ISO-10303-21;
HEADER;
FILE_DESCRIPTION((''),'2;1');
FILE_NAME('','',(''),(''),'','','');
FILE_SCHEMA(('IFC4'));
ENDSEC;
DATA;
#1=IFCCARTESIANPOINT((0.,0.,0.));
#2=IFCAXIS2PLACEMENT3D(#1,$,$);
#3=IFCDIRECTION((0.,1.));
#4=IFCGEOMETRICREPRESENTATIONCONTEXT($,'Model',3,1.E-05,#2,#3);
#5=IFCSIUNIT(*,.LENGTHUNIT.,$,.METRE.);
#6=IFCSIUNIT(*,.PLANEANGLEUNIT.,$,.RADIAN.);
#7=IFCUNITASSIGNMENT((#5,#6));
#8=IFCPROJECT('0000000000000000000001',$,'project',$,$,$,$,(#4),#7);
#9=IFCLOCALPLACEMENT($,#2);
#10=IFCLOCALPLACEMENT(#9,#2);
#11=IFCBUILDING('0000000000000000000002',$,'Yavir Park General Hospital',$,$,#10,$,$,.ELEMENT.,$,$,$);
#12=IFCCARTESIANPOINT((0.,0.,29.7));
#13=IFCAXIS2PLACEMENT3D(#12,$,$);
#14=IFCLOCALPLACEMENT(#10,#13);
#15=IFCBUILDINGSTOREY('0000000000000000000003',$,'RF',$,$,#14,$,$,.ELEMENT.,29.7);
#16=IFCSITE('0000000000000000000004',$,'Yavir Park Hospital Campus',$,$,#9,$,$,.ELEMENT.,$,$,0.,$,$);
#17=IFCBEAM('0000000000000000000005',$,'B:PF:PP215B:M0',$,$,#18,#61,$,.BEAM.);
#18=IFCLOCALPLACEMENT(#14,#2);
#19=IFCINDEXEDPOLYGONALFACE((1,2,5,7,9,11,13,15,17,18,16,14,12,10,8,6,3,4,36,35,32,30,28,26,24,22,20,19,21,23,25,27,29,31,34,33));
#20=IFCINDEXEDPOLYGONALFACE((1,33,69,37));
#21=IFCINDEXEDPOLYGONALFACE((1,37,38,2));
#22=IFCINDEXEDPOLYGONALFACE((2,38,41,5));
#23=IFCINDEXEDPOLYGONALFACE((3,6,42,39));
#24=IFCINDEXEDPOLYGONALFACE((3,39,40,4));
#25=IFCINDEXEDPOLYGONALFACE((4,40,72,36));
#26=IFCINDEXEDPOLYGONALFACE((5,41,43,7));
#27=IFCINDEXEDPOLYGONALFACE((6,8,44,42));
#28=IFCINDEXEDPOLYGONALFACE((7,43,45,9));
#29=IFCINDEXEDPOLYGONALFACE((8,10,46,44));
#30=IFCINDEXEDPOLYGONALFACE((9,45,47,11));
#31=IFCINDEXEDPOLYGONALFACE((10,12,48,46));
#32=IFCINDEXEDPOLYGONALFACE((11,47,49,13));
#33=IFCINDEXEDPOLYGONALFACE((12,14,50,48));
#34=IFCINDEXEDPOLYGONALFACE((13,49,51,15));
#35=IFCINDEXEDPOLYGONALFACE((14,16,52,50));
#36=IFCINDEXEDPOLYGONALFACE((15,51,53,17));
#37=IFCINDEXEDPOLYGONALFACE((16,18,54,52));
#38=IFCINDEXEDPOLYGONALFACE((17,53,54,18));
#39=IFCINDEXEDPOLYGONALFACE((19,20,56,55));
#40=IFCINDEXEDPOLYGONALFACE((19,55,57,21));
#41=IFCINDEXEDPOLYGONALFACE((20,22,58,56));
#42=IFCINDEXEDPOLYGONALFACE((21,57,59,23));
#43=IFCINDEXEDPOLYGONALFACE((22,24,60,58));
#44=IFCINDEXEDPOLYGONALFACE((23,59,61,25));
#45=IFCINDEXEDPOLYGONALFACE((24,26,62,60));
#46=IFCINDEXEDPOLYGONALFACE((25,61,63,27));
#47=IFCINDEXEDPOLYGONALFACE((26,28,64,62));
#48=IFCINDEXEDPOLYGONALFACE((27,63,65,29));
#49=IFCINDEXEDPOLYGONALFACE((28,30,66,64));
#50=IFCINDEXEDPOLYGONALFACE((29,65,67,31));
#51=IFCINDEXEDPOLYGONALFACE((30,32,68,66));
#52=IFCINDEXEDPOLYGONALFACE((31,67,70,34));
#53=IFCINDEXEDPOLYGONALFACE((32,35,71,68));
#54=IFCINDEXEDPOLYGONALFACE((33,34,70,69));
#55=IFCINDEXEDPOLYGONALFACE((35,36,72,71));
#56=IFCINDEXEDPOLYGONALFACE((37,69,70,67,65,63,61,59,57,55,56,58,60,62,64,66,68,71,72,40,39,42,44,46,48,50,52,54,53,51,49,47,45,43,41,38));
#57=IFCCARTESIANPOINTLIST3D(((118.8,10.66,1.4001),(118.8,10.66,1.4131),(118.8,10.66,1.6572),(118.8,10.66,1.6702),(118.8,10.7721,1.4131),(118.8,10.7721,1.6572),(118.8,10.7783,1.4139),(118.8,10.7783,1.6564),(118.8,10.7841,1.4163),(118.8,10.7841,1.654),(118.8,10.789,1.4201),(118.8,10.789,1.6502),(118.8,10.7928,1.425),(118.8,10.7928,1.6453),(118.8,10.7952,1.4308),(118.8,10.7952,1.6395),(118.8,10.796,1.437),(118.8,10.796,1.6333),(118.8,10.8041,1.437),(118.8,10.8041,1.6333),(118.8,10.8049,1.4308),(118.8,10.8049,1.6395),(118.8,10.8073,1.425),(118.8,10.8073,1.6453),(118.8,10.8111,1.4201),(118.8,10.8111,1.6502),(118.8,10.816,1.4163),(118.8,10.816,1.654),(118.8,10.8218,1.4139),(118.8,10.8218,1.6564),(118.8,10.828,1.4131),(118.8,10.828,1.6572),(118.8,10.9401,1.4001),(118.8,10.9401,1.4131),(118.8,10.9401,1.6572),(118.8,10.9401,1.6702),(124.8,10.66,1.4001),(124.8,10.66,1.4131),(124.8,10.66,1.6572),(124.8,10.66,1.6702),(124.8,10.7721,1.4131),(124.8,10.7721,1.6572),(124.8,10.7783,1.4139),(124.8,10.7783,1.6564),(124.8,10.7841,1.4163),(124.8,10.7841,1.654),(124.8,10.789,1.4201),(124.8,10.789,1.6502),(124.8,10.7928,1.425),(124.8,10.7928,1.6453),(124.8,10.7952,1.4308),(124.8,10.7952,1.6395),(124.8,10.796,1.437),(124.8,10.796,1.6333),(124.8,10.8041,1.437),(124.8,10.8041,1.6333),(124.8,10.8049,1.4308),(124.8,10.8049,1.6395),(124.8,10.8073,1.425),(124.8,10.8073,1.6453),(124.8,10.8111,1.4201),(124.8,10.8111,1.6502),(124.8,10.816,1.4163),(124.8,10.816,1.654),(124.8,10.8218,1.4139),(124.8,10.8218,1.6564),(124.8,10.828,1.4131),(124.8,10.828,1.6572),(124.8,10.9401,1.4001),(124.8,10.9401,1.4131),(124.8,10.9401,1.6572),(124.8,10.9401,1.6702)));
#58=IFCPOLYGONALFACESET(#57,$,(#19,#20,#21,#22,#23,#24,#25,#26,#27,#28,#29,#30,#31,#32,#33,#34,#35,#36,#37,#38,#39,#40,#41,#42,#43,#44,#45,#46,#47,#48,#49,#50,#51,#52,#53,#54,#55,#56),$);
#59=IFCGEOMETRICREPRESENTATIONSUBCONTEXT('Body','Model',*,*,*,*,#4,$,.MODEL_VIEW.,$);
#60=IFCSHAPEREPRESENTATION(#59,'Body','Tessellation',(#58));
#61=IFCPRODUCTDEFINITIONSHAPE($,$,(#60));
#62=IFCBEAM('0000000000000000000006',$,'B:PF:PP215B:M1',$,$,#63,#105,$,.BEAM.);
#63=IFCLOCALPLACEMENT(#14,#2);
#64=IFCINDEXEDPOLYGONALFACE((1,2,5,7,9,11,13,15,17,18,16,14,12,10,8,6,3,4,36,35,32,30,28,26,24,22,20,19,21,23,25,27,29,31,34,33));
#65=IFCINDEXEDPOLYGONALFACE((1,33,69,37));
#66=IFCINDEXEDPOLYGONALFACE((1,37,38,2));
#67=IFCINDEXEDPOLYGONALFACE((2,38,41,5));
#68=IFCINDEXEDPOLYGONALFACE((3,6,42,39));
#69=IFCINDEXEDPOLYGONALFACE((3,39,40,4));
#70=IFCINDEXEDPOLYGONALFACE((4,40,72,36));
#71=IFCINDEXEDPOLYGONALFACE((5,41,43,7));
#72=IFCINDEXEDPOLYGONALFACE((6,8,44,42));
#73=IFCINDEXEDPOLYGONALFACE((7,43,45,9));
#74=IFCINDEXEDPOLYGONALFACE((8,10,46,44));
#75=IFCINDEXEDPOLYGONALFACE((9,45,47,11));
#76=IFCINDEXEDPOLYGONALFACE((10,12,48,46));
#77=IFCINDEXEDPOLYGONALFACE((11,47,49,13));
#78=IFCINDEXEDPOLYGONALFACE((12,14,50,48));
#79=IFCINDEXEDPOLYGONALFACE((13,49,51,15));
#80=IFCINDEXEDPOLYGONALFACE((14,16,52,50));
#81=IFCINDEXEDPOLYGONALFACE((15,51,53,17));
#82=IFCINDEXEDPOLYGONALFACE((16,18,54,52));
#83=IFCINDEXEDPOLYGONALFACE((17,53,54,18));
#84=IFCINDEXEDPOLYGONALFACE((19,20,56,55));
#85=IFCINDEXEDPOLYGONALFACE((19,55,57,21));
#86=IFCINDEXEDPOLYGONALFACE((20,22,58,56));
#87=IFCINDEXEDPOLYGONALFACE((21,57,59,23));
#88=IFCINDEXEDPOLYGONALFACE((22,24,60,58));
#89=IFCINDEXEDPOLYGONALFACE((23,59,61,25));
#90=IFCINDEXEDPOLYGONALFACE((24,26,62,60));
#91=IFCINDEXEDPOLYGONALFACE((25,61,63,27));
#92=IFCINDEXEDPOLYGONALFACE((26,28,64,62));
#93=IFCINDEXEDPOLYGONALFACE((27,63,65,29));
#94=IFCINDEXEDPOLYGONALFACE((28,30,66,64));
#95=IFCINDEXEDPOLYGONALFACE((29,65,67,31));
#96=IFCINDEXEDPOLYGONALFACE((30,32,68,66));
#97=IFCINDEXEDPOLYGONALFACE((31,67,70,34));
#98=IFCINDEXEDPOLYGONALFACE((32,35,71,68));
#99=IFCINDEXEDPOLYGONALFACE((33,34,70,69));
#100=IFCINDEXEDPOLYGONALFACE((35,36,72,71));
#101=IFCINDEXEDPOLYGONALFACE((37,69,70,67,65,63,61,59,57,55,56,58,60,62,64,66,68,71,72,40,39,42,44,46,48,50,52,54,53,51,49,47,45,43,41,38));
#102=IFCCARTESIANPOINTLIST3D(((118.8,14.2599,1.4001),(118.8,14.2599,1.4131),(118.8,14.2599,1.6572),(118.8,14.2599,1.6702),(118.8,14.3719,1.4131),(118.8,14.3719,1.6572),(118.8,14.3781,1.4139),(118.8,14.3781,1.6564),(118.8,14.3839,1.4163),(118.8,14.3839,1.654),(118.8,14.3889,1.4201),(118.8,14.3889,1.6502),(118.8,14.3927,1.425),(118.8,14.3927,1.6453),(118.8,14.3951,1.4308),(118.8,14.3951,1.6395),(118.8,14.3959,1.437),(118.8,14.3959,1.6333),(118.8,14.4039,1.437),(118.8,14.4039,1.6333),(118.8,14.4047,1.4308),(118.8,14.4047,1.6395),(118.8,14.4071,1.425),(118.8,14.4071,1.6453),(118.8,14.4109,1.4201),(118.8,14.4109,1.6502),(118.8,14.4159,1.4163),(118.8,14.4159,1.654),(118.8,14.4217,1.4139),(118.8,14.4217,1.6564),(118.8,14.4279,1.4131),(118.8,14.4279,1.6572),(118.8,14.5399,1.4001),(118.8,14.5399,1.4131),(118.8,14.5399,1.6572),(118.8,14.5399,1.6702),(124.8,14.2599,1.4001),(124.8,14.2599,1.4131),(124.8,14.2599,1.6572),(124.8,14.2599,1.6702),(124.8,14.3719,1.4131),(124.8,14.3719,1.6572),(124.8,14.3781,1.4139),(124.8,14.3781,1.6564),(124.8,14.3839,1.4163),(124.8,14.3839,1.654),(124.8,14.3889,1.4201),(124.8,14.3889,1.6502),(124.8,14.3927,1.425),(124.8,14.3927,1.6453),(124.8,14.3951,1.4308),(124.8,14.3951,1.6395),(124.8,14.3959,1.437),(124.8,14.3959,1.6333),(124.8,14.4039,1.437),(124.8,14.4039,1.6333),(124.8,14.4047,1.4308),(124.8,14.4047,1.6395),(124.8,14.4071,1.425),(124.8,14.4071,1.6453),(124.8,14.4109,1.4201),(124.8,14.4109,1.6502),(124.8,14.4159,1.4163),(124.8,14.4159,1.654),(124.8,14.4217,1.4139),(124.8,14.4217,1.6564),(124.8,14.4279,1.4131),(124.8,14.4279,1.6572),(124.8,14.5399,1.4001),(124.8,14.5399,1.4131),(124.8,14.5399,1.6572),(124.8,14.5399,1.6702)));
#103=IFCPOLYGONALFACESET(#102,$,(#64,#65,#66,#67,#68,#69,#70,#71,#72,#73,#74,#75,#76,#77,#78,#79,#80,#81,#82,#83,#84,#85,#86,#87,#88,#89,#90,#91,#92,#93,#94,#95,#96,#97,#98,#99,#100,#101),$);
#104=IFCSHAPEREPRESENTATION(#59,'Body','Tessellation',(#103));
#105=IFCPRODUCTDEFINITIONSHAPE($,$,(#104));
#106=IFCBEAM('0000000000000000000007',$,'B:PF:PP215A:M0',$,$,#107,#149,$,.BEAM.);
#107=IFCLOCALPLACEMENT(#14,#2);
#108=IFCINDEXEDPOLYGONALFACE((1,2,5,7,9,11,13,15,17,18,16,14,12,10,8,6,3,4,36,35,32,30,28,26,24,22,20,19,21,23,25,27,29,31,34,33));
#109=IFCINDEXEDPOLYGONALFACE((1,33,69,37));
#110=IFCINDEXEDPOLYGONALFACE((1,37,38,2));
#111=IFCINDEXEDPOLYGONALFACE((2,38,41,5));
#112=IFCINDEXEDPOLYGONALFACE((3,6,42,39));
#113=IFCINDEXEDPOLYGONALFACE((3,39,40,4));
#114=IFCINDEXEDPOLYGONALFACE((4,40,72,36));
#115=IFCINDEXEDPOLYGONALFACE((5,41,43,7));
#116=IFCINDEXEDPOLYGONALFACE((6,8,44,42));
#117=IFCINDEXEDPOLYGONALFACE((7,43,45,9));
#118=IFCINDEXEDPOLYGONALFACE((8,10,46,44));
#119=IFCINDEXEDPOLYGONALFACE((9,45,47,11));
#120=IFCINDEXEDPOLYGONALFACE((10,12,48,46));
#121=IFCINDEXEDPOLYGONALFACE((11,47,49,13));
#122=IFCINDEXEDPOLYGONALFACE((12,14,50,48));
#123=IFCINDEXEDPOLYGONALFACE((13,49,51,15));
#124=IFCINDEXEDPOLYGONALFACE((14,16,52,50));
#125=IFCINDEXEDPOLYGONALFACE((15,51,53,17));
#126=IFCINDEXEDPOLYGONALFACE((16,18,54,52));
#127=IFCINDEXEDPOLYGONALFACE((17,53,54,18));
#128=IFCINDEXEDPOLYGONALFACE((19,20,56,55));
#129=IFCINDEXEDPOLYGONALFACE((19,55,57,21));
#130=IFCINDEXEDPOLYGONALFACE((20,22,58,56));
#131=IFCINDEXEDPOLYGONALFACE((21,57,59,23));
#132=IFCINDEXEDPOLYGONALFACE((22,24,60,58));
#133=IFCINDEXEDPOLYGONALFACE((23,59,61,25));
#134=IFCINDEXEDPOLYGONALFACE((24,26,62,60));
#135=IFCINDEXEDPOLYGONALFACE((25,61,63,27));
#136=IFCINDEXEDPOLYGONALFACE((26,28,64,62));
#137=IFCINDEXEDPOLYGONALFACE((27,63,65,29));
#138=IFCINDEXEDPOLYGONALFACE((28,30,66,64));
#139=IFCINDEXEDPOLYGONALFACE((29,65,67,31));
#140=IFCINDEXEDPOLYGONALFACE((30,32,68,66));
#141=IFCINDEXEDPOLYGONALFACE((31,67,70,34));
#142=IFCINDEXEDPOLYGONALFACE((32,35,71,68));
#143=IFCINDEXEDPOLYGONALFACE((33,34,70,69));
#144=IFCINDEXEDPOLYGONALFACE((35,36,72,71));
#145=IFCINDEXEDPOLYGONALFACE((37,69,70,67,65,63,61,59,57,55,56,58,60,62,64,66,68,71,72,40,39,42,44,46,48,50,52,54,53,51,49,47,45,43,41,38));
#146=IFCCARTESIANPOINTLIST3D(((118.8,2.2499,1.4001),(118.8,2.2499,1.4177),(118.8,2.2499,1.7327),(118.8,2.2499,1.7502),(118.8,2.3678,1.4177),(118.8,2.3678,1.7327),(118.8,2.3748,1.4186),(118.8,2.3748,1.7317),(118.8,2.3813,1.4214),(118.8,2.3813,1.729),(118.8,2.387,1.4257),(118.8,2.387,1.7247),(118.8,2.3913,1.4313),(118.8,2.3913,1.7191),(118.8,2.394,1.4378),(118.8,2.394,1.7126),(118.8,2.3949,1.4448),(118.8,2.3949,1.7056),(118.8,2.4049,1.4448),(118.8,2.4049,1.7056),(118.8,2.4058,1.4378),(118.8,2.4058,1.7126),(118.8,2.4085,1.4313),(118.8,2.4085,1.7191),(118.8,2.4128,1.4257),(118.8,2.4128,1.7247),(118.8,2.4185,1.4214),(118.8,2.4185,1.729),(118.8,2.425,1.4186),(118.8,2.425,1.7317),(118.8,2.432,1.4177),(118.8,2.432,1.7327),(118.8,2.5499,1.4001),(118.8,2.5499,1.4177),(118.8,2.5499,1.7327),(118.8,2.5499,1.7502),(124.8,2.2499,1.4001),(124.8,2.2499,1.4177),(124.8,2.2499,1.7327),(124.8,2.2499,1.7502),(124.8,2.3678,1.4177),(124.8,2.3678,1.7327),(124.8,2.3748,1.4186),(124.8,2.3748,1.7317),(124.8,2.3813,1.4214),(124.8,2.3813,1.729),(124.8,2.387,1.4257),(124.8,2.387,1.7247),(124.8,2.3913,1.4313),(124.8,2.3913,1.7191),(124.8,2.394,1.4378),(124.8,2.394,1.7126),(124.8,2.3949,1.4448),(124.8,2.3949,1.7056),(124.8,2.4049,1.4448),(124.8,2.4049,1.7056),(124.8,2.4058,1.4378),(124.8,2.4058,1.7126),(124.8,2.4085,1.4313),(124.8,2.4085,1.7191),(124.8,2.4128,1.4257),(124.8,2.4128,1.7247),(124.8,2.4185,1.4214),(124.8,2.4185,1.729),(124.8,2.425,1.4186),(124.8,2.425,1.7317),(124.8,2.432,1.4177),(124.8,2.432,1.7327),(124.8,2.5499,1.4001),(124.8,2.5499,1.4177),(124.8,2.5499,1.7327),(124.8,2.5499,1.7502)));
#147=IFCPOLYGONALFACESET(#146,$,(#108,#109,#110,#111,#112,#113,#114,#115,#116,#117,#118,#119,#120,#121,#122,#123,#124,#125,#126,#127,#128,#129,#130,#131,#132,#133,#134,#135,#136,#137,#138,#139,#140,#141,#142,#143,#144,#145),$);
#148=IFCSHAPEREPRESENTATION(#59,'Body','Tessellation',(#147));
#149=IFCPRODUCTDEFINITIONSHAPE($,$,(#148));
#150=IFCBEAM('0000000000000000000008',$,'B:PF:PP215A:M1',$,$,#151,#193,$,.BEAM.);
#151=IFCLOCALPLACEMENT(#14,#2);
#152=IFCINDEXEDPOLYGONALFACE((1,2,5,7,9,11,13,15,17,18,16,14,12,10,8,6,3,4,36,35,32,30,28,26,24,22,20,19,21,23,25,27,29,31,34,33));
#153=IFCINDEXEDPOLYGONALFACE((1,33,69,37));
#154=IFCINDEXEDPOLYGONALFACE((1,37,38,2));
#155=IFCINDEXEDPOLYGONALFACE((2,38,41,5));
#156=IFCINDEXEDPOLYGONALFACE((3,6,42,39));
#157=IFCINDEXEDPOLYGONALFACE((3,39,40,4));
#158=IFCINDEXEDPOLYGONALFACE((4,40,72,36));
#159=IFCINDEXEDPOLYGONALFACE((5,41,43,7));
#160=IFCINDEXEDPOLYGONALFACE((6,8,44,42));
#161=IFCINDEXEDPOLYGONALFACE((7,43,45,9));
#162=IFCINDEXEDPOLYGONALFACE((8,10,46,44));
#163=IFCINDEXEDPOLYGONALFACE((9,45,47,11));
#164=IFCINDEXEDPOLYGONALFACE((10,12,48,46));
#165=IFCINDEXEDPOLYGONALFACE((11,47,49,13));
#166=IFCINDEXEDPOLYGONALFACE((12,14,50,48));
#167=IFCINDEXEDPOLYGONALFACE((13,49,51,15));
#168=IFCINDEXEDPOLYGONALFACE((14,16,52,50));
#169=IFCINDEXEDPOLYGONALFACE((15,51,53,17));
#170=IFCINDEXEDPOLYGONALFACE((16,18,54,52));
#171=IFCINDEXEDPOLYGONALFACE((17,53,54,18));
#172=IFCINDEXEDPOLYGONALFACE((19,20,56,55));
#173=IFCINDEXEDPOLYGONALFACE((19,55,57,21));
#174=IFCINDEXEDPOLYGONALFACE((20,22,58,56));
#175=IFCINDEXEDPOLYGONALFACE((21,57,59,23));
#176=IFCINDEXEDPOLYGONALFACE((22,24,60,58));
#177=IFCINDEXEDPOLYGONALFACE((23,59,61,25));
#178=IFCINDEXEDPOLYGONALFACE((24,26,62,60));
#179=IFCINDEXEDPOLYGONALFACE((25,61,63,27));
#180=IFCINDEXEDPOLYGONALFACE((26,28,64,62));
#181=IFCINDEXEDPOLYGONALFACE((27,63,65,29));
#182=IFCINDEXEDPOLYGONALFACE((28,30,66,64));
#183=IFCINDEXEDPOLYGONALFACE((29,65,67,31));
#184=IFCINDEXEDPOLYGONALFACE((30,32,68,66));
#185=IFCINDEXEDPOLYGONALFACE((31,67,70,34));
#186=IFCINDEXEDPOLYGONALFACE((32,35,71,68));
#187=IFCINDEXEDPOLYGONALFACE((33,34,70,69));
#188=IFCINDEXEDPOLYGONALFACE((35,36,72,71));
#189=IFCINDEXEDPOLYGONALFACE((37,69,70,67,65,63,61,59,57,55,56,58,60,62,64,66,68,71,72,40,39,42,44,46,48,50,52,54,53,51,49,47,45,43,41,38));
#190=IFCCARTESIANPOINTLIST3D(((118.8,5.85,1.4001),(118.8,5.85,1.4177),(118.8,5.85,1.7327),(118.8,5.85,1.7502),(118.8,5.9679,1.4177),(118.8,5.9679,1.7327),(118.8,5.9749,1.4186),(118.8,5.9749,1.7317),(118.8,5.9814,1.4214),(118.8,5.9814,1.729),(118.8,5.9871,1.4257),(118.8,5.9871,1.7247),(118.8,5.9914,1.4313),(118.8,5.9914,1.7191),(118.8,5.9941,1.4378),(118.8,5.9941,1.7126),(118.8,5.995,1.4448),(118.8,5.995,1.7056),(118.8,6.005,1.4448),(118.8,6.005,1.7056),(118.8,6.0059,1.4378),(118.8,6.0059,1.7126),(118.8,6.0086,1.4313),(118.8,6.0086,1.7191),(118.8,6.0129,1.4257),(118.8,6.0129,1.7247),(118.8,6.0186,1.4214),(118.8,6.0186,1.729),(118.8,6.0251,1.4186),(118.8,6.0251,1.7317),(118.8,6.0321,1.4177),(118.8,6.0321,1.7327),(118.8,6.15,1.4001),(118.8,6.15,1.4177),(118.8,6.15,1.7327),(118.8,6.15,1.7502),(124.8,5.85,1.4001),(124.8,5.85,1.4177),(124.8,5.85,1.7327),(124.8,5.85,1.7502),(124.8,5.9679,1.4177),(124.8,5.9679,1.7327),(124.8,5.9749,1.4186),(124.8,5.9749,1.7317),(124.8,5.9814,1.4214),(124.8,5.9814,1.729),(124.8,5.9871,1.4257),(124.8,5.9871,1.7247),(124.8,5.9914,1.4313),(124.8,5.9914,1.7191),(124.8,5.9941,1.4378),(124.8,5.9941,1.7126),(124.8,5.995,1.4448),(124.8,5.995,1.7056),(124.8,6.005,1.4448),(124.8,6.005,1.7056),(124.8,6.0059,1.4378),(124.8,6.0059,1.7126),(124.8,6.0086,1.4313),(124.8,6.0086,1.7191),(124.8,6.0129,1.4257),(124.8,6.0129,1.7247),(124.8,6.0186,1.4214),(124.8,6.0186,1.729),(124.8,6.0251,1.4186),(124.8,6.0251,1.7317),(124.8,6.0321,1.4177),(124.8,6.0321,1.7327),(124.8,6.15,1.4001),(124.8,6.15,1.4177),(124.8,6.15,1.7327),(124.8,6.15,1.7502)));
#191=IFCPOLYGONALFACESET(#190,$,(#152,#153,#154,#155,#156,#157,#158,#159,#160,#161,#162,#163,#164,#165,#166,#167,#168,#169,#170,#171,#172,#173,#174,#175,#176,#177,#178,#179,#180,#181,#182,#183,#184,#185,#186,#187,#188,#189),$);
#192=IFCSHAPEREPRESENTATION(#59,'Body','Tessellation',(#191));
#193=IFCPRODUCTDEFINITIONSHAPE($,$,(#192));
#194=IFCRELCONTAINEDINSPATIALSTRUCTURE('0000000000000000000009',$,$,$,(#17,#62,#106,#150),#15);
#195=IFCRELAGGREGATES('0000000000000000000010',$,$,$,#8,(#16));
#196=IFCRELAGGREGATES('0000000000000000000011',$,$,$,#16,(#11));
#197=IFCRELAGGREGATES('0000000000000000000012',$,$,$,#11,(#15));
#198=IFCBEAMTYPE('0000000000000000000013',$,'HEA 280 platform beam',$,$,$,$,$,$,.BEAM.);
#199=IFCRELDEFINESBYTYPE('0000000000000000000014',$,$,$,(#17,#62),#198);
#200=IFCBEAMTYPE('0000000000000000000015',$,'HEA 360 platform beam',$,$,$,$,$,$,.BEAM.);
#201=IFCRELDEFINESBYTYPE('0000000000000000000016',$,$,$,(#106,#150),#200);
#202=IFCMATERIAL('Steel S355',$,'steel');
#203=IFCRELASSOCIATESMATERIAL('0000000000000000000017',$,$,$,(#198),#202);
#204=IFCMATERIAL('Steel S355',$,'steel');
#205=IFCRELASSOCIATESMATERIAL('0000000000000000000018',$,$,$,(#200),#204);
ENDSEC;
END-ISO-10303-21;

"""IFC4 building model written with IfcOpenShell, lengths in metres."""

from ifc_helpers import new_model, si_unit, direction, frame, origin, origin_2d, place, context, subcontext, project, spatial, i_section, extrude, material, material_profile, profile_set, type_object, element, save


model = new_model("IFC4")

# Units and contexts
model_context = context("Model", 3, precision=1e-05, world=origin(), true_north=direction((0.0, 1.0)))
body_context = subcontext(model_context, "Body", "Model", "MODEL_VIEW")
ifc_project = project(units=[si_unit("LENGTHUNIT", "METRE"), si_unit("PLANEANGLEUNIT", "RADIAN")], contexts=[model_context])

# Site, building, storey
site_placement = place(None, origin())
site = spatial("IfcSite", under=ifc_project, at=site_placement, Name="Yavir Park Hospital Campus", CompositionType="ELEMENT", RefElevation=0.0)
building_placement = place(site_placement, origin())
building = spatial("IfcBuilding", under=site, at=building_placement, Name="Yavir Park General Hospital", CompositionType="ELEMENT")
storey_placement = place(building_placement, frame((0.0, 0.0, 29.7)))
storey = spatial("IfcBuildingStorey", under=building, at=storey_placement, Name="RF", CompositionType="ELEMENT", Elevation=29.7)

# Beams
ifc_material_1 = material(Name="Steel S355", Category="steel")
ifc_material_profile_1 = material_profile(ifc_material_1, i_section(OverallWidth=0.28, OverallDepth=0.27, WebThickness=0.0081, FlangeThickness=0.0129, FilletRadius=0.0239, at=origin_2d()), Name="HEA280")
ifc_profile_set_1 = profile_set([ifc_material_profile_1], Name="Steel S355")
beam_type_1 = type_object("IfcBeamType", Name="HEA 280 platform beam", PredefinedType="BEAM", material=ifc_profile_set_1)
for number, where, z_axis, x_axis, name in (
    (1, (118.8, 10.8, 1.5352), (1.0, 0.0, 0.0), (0.0, 1.0, 0.0), "B:PF:PP215B:M0"),
    (2, (118.8, 14.3999, 1.5352), (1.0, 0.0, 0.0), (0.0, 1.0, 0.0), "B:PF:PP215B:M1"),
):
    element("IfcBeam", number, at=place(storey_placement, frame(where, z_axis=z_axis, x_axis=x_axis)), inside=storey, type_object=beam_type_1, Name=name, PredefinedType="BEAM", context=body_context, shape_type="SweptSolid", body=[
        extrude(i_section(OverallWidth=0.28, OverallDepth=0.27, WebThickness=0.0081, FlangeThickness=0.0129, FilletRadius=0.0239, at=origin_2d()), origin(), (0.0, 0.0, 1.0), 6.0),
    ])
ifc_material_2 = material(Name="Steel S355", Category="steel")
ifc_material_profile_2 = material_profile(ifc_material_2, i_section(OverallWidth=0.3, OverallDepth=0.3501, WebThickness=0.01, FlangeThickness=0.0176, FilletRadius=0.0271, at=origin_2d()), Name="HEA360")
ifc_profile_set_2 = profile_set([ifc_material_profile_2], Name="Steel S355")
beam_type_2 = type_object("IfcBeamType", Name="HEA 360 platform beam", PredefinedType="BEAM", material=ifc_profile_set_2)
for number, where, z_axis, x_axis, name in (
    (3, (118.8, 2.3999, 1.5752), (1.0, 0.0, 0.0), (0.0, 1.0, 0.0), "B:PF:PP215A:M0"),
    (4, (118.8, 6.0, 1.5752), (1.0, 0.0, 0.0), (0.0, 1.0, 0.0), "B:PF:PP215A:M1"),
):
    element("IfcBeam", number, at=place(storey_placement, frame(where, z_axis=z_axis, x_axis=x_axis)), inside=storey, type_object=beam_type_2, Name=name, PredefinedType="BEAM", context=body_context, shape_type="SweptSolid", body=[
        extrude(i_section(OverallWidth=0.3, OverallDepth=0.3501, WebThickness=0.01, FlangeThickness=0.0176, FilletRadius=0.0271, at=origin_2d()), origin(), (0.0, 0.0, 1.0), 6.0),
    ])

save(model, "model.ifc")
